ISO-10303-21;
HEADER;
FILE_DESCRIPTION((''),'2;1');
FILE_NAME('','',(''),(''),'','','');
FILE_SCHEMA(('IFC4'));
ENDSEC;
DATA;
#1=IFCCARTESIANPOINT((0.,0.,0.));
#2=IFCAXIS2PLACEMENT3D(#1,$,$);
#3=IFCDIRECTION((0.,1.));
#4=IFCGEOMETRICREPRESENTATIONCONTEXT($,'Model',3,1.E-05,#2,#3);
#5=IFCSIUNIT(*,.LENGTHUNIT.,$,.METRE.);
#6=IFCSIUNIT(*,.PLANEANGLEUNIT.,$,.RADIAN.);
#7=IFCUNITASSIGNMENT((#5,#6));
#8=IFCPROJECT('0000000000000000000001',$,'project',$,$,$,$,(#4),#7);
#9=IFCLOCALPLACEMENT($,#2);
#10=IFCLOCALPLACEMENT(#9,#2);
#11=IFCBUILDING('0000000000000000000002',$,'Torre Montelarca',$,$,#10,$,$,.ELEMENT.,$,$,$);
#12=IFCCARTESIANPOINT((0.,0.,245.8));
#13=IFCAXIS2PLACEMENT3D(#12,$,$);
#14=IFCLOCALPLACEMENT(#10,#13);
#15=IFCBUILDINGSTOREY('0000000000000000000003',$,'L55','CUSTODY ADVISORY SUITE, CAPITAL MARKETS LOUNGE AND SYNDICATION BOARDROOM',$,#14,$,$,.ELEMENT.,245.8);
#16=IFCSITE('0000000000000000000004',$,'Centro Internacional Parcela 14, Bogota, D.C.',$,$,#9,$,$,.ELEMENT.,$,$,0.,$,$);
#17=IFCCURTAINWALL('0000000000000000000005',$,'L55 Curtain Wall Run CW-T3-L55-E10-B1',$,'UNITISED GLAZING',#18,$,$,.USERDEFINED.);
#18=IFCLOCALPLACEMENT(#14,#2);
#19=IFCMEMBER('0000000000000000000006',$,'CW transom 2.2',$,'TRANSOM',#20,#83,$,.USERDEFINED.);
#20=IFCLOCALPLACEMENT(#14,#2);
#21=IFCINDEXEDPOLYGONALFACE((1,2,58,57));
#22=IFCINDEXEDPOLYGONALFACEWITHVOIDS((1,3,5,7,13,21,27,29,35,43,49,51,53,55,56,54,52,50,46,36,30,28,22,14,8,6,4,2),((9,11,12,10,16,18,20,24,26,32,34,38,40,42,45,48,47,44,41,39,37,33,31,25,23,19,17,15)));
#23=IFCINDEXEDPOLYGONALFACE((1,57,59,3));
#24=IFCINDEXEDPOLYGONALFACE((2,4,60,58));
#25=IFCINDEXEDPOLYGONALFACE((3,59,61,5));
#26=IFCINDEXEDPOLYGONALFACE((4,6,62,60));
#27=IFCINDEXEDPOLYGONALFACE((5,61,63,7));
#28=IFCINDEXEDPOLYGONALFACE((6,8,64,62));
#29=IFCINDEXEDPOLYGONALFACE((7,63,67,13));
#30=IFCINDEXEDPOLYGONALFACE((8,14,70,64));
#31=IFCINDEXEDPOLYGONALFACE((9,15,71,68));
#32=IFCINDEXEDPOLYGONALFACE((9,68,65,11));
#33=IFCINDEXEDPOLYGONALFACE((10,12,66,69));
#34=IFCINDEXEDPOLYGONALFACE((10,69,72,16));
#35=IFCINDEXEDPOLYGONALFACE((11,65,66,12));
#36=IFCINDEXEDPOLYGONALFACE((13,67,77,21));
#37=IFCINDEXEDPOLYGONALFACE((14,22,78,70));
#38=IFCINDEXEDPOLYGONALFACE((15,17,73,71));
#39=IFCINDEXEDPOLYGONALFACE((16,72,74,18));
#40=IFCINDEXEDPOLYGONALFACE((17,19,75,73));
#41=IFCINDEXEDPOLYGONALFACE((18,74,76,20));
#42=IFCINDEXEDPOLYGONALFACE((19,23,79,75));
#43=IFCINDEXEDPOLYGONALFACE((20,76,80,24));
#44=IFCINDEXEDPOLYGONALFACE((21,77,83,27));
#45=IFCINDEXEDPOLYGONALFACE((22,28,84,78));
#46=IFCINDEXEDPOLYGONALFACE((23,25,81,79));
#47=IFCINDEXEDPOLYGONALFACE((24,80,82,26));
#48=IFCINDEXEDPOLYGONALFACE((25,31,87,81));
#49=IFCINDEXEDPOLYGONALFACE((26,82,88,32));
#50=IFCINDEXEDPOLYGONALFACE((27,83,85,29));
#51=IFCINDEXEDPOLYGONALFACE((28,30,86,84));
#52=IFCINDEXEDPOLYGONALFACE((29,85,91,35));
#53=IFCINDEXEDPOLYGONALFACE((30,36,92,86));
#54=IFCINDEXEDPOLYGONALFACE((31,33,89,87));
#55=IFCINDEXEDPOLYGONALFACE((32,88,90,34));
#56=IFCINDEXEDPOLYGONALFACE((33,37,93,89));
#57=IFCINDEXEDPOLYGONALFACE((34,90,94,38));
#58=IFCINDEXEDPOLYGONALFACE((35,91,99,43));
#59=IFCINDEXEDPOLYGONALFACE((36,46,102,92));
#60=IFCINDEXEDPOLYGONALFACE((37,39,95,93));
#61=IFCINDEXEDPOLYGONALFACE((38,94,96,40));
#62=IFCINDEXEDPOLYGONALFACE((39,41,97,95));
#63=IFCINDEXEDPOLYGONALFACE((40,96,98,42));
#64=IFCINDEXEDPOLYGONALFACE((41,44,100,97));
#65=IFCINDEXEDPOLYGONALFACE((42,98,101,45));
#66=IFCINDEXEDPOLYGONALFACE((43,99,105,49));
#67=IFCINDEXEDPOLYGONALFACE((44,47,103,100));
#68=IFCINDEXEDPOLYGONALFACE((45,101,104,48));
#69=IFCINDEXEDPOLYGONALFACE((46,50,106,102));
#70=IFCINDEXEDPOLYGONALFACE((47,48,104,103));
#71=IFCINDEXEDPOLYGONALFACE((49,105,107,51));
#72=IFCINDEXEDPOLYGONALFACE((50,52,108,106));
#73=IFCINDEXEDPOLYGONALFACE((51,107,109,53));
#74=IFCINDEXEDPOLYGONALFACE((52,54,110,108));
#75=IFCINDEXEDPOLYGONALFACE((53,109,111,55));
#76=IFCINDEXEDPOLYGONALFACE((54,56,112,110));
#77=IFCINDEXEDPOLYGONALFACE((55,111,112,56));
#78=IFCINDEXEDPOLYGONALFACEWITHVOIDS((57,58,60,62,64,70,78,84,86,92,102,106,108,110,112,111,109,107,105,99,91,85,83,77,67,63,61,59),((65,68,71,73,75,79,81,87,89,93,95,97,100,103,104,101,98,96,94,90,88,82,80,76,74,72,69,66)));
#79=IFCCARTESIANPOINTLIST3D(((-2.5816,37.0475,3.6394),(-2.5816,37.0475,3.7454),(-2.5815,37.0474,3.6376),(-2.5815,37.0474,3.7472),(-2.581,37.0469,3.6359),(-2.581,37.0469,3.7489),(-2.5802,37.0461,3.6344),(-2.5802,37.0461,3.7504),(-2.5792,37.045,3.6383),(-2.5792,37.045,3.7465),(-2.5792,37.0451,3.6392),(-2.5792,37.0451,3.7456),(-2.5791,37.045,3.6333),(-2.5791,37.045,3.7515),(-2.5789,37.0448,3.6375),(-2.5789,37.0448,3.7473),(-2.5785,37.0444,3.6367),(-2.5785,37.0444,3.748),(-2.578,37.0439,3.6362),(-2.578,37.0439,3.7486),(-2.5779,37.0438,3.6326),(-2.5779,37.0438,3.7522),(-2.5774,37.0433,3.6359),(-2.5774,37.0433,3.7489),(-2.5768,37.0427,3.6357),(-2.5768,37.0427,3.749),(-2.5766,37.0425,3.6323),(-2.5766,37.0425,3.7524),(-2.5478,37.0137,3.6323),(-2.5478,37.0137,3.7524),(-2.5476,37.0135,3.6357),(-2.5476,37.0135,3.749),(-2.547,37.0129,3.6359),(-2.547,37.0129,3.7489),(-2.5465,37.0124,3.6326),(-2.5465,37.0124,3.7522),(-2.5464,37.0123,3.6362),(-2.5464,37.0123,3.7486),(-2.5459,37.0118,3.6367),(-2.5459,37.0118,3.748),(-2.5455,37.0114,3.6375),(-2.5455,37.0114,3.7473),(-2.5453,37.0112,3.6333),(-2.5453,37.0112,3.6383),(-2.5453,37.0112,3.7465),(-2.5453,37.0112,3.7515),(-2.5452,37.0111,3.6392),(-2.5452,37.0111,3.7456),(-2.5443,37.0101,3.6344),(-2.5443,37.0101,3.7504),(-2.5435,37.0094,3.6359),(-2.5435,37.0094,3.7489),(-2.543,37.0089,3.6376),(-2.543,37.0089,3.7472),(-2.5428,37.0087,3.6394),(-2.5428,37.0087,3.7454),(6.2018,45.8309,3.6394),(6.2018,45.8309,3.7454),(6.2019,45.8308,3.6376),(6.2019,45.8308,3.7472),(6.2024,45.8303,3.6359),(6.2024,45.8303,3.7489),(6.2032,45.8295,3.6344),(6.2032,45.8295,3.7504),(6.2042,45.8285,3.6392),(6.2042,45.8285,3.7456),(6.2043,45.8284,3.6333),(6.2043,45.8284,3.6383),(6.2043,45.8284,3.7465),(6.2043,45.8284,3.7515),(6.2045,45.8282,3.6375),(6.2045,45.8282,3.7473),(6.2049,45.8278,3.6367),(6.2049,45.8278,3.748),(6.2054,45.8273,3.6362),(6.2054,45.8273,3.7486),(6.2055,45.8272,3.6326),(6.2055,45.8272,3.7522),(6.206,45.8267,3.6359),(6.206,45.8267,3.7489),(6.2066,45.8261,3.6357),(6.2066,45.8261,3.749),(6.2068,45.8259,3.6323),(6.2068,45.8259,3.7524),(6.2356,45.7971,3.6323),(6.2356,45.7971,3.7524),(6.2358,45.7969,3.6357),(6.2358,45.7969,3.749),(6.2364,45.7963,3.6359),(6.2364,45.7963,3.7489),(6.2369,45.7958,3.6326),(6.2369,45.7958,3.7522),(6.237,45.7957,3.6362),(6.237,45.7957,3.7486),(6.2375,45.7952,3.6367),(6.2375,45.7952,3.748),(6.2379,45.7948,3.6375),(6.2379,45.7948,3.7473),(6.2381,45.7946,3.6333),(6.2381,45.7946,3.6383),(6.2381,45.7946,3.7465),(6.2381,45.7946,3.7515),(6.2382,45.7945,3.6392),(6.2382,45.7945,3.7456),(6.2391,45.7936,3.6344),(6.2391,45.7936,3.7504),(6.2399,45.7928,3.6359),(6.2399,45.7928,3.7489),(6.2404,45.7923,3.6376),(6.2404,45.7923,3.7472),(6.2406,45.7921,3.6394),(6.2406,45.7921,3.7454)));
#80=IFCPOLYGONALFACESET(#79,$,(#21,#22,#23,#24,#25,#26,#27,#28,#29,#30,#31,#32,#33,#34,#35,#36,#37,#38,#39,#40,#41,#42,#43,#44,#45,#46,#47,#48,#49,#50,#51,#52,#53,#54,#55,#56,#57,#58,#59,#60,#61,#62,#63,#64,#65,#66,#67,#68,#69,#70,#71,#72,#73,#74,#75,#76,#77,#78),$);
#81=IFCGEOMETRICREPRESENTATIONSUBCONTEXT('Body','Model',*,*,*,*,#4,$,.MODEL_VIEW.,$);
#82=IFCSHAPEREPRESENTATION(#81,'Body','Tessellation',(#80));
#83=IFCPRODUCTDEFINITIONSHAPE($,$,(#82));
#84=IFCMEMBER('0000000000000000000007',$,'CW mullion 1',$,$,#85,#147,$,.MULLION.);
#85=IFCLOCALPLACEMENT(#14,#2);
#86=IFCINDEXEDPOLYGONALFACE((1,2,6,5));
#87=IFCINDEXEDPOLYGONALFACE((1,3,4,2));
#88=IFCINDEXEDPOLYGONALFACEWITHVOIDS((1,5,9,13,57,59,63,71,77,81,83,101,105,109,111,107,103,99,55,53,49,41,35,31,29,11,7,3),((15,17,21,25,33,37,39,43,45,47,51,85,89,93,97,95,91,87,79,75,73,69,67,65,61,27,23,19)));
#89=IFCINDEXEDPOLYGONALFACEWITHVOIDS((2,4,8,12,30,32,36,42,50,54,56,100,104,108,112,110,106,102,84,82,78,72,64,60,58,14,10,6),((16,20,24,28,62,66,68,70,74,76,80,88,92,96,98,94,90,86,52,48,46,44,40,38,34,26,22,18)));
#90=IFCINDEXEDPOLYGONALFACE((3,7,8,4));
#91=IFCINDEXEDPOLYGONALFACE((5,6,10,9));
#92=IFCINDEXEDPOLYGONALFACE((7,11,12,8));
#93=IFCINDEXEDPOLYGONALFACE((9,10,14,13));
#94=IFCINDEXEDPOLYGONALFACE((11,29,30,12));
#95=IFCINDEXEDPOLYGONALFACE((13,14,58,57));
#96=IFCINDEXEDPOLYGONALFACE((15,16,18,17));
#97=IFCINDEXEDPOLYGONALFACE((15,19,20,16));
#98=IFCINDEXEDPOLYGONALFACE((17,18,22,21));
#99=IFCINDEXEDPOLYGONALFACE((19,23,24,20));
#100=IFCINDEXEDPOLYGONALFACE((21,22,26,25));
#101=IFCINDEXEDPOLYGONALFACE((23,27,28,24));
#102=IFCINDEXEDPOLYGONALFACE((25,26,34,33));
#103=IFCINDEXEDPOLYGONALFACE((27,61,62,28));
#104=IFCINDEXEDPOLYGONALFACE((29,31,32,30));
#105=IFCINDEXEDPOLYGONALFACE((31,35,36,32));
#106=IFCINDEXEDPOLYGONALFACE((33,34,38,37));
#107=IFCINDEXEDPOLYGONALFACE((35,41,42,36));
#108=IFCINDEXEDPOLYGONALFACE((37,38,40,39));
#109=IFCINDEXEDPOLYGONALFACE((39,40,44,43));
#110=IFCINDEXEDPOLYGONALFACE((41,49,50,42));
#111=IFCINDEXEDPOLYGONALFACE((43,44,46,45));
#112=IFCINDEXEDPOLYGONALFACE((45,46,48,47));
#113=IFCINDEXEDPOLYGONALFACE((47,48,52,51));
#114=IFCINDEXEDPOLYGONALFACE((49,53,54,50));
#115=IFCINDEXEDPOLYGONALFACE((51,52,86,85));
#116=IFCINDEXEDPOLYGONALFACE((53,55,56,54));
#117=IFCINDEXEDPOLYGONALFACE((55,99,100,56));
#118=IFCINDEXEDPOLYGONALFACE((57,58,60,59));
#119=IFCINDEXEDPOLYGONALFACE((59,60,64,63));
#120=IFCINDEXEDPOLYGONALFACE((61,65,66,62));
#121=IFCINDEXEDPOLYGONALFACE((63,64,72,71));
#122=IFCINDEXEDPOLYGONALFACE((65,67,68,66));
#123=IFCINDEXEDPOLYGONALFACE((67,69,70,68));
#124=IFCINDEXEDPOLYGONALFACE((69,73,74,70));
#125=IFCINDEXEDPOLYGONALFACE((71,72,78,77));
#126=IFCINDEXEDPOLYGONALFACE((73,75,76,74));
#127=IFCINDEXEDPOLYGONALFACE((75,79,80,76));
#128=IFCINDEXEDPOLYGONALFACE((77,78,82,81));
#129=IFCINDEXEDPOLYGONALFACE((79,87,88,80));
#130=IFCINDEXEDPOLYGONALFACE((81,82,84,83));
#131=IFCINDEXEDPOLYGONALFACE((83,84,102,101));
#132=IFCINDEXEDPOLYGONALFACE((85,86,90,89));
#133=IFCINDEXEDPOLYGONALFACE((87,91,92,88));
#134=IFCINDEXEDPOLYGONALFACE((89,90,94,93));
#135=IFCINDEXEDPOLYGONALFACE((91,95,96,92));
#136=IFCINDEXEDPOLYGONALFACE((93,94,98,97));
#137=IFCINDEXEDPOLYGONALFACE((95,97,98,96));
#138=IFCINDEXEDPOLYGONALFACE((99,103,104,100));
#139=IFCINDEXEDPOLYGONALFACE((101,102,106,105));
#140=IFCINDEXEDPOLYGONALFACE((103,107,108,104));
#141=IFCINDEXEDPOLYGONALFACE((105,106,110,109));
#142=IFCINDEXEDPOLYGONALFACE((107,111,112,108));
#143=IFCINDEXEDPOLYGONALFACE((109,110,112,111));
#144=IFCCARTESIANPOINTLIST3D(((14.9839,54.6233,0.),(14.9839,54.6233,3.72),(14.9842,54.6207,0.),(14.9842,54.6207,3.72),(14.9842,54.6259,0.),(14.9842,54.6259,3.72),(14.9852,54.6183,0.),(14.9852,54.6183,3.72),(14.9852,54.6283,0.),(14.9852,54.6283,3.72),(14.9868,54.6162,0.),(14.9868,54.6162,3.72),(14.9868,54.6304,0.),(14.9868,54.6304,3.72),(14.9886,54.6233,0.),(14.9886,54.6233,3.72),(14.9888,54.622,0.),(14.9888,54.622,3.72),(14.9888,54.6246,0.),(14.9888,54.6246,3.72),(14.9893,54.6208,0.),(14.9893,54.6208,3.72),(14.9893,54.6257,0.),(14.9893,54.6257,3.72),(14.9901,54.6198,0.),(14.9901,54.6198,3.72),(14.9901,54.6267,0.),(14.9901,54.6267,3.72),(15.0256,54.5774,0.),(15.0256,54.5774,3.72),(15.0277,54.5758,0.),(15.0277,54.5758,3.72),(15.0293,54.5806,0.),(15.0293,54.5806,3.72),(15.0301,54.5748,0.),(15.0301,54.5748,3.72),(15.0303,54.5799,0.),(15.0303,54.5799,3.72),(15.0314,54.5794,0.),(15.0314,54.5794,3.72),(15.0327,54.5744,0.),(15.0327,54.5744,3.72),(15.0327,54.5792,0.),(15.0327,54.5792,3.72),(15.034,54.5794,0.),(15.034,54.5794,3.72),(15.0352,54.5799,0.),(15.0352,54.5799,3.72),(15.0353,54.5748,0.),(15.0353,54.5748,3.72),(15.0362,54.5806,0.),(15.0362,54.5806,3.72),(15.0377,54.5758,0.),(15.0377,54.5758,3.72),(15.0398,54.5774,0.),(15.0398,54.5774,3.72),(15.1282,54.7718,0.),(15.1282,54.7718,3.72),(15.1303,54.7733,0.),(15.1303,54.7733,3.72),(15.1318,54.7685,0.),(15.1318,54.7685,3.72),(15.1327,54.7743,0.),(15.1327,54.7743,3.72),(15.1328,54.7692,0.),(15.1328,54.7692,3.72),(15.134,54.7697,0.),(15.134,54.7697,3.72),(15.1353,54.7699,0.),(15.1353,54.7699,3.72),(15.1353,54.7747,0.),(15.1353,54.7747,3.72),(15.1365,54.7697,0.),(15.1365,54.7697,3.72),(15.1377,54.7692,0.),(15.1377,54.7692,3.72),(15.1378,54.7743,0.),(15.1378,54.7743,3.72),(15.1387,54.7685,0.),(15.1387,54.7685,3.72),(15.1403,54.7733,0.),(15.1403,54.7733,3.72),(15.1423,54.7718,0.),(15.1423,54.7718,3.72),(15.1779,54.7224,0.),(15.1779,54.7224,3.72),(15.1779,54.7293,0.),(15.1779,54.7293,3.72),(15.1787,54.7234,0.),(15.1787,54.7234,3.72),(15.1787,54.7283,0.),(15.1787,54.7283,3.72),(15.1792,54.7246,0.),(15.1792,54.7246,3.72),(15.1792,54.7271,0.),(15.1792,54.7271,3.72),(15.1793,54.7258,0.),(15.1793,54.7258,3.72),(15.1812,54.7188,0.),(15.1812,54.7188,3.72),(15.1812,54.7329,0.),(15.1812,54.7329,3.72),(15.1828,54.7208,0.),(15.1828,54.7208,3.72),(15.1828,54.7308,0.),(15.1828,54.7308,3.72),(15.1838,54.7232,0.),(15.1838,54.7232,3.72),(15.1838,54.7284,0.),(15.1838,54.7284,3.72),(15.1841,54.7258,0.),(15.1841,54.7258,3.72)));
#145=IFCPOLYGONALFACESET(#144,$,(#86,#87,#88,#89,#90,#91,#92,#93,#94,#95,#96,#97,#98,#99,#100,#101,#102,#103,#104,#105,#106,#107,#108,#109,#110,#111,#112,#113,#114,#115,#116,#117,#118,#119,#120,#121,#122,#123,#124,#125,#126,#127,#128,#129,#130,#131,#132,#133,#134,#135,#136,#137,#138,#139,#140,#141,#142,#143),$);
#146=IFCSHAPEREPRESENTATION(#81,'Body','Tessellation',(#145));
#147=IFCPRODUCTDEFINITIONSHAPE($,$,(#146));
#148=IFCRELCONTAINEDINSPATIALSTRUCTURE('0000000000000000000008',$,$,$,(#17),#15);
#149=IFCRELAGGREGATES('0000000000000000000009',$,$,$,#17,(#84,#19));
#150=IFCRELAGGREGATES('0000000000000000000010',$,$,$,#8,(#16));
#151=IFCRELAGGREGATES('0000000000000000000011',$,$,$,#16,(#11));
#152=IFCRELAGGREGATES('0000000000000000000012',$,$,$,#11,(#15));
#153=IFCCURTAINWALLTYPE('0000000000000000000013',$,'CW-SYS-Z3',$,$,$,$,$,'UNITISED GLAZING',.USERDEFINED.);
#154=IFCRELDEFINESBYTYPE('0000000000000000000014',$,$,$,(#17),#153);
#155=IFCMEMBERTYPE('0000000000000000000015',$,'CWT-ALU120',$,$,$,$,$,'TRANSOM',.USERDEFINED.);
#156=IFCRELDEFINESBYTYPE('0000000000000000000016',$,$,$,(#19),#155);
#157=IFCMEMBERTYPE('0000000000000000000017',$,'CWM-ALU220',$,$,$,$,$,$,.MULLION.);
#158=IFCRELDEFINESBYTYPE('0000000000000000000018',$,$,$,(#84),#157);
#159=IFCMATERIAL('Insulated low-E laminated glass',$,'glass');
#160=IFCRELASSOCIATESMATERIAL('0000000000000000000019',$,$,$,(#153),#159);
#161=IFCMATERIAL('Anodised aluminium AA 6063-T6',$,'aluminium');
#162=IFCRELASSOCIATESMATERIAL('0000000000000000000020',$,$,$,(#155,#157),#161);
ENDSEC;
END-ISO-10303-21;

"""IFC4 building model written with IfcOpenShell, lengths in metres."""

from ifc_helpers import new_model, si_unit, direction, frame, origin, origin_2d, place, context, subcontext, project, spatial, hollow_rectangle, extrude, source, transform, mapped, material, material_profile, profile_set, type_object, element, aggregate, save


model = new_model("IFC4")

# Units and contexts
model_context = context("Model", 3, precision=1e-05, world=origin(), true_north=direction((0.0, 1.0)))
body_context = subcontext(model_context, "Body", "Model", "MODEL_VIEW")
ifc_project = project(units=[si_unit("LENGTHUNIT", "METRE"), si_unit("PLANEANGLEUNIT", "RADIAN")], contexts=[model_context])

# Site, building, storey
site_placement = place(None, origin())
site = spatial("IfcSite", under=ifc_project, at=site_placement, Name="Centro Internacional Parcela 14, Bogota, D.C.", CompositionType="ELEMENT", RefElevation=0.0)
building_placement = place(site_placement, origin())
building = spatial("IfcBuilding", under=site, at=building_placement, Name="Torre Montelarca", CompositionType="ELEMENT")
storey_placement = place(building_placement, frame((0.0, 0.0, 245.8)))
storey = spatial("IfcBuildingStorey", under=building, at=storey_placement, Name="L55", Description="CUSTODY ADVISORY SUITE, CAPITAL MARKETS LOUNGE AND SYNDICATION BOARDROOM", CompositionType="ELEMENT", Elevation=245.8)

# Curtain wall, members
ifc_material_1 = material(Name="Insulated low-E laminated glass", Category="glass")
curtain_wall_type = type_object("IfcCurtainWallType", Name="CW-SYS-Z3", ElementType="UNITISED GLAZING", PredefinedType="USERDEFINED", material=ifc_material_1)
curtain_wall_1_placement = place(storey_placement, origin())
curtain_wall_1 = element("IfcCurtainWall", 1, at=curtain_wall_1_placement, inside=storey, type_object=curtain_wall_type, Name="L55 Curtain Wall Run CW-T3-L55-E10-B1", ObjectType="UNITISED GLAZING", PredefinedType="USERDEFINED")
ifc_material_2 = material(Name="Anodised aluminium AA 6063-T6", Category="aluminium")
ifc_material_profile_1 = material_profile(ifc_material_2, hollow_rectangle(XDim=0.0549, YDim=0.1201, WallThickness=0.0034, InnerFilletRadius=0.0034, OuterFilletRadius=0.0071, at=origin_2d()), Name="ALU55X120X3.5", Category="aluminium")
ifc_profile_set_1 = profile_set([ifc_material_profile_1], Name="Anodised aluminium AA 6063-T6")
member_type_1 = type_object("IfcMemberType", Name="CWT-ALU120", ElementType="TRANSOM", PredefinedType="USERDEFINED", material=ifc_profile_set_1)
shared_shape_1 = source(origin(), body_context, "Body", "SweptSolid", [
    extrude(hollow_rectangle(XDim=0.0549, YDim=0.1201, WallThickness=0.0034, InnerFilletRadius=0.0034, OuterFilletRadius=0.0071, at=origin_2d()), origin(), (0.0, 0.0, 1.0), 12.4216),
])
member_1_placement = place(storey_placement, frame((6.2212, 45.8115, 3.6924), z_axis=(-0.707107, -0.707107, 0.0), x_axis=(0.707107, -0.707107, 0.0)))
member_1 = element("IfcMember", 2, at=member_1_placement, type_object=member_type_1, Name="CW transom 2.2", ObjectType="TRANSOM", PredefinedType="USERDEFINED", context=body_context, shape_type="MappedRepresentation", body=[
    mapped(shared_shape_1, transform((0.0, 0.0, 0.0), scale=1.0)),
])
ifc_material_profile_2 = material_profile(ifc_material_2, hollow_rectangle(XDim=0.075, YDim=0.22, WallThickness=0.0049, InnerFilletRadius=0.0049, OuterFilletRadius=0.01, at=origin_2d()), Name="ALU75X220X5", Category="aluminium")
ifc_profile_set_2 = profile_set([ifc_material_profile_2], Name="Anodised aluminium AA 6063-T6")
member_type_2 = type_object("IfcMemberType", Name="CWM-ALU220", PredefinedType="MULLION", material=ifc_profile_set_2)
shared_shape_2 = source(origin(), body_context, "Body", "SweptSolid", [
    extrude(hollow_rectangle(XDim=0.075, YDim=0.22, WallThickness=0.0049, InnerFilletRadius=0.0049, OuterFilletRadius=0.01, at=origin_2d()), origin(), (0.0, 0.0, 1.0), 3.72),
])
member_2_placement = place(storey_placement, frame((15.084, 54.6746, 0.0), z_axis=(0.0, 0.0, 1.0), x_axis=(0.707109, -0.707105, 0.0)))
member_2 = element("IfcMember", 3, at=member_2_placement, type_object=member_type_2, Name="CW mullion 1", PredefinedType="MULLION", context=body_context, shape_type="MappedRepresentation", body=[
    mapped(shared_shape_2, transform((0.0, 0.0, 0.0), scale=1.0)),
])

aggregate(curtain_wall_1, [member_2, member_1])

save(model, "model.ifc")
